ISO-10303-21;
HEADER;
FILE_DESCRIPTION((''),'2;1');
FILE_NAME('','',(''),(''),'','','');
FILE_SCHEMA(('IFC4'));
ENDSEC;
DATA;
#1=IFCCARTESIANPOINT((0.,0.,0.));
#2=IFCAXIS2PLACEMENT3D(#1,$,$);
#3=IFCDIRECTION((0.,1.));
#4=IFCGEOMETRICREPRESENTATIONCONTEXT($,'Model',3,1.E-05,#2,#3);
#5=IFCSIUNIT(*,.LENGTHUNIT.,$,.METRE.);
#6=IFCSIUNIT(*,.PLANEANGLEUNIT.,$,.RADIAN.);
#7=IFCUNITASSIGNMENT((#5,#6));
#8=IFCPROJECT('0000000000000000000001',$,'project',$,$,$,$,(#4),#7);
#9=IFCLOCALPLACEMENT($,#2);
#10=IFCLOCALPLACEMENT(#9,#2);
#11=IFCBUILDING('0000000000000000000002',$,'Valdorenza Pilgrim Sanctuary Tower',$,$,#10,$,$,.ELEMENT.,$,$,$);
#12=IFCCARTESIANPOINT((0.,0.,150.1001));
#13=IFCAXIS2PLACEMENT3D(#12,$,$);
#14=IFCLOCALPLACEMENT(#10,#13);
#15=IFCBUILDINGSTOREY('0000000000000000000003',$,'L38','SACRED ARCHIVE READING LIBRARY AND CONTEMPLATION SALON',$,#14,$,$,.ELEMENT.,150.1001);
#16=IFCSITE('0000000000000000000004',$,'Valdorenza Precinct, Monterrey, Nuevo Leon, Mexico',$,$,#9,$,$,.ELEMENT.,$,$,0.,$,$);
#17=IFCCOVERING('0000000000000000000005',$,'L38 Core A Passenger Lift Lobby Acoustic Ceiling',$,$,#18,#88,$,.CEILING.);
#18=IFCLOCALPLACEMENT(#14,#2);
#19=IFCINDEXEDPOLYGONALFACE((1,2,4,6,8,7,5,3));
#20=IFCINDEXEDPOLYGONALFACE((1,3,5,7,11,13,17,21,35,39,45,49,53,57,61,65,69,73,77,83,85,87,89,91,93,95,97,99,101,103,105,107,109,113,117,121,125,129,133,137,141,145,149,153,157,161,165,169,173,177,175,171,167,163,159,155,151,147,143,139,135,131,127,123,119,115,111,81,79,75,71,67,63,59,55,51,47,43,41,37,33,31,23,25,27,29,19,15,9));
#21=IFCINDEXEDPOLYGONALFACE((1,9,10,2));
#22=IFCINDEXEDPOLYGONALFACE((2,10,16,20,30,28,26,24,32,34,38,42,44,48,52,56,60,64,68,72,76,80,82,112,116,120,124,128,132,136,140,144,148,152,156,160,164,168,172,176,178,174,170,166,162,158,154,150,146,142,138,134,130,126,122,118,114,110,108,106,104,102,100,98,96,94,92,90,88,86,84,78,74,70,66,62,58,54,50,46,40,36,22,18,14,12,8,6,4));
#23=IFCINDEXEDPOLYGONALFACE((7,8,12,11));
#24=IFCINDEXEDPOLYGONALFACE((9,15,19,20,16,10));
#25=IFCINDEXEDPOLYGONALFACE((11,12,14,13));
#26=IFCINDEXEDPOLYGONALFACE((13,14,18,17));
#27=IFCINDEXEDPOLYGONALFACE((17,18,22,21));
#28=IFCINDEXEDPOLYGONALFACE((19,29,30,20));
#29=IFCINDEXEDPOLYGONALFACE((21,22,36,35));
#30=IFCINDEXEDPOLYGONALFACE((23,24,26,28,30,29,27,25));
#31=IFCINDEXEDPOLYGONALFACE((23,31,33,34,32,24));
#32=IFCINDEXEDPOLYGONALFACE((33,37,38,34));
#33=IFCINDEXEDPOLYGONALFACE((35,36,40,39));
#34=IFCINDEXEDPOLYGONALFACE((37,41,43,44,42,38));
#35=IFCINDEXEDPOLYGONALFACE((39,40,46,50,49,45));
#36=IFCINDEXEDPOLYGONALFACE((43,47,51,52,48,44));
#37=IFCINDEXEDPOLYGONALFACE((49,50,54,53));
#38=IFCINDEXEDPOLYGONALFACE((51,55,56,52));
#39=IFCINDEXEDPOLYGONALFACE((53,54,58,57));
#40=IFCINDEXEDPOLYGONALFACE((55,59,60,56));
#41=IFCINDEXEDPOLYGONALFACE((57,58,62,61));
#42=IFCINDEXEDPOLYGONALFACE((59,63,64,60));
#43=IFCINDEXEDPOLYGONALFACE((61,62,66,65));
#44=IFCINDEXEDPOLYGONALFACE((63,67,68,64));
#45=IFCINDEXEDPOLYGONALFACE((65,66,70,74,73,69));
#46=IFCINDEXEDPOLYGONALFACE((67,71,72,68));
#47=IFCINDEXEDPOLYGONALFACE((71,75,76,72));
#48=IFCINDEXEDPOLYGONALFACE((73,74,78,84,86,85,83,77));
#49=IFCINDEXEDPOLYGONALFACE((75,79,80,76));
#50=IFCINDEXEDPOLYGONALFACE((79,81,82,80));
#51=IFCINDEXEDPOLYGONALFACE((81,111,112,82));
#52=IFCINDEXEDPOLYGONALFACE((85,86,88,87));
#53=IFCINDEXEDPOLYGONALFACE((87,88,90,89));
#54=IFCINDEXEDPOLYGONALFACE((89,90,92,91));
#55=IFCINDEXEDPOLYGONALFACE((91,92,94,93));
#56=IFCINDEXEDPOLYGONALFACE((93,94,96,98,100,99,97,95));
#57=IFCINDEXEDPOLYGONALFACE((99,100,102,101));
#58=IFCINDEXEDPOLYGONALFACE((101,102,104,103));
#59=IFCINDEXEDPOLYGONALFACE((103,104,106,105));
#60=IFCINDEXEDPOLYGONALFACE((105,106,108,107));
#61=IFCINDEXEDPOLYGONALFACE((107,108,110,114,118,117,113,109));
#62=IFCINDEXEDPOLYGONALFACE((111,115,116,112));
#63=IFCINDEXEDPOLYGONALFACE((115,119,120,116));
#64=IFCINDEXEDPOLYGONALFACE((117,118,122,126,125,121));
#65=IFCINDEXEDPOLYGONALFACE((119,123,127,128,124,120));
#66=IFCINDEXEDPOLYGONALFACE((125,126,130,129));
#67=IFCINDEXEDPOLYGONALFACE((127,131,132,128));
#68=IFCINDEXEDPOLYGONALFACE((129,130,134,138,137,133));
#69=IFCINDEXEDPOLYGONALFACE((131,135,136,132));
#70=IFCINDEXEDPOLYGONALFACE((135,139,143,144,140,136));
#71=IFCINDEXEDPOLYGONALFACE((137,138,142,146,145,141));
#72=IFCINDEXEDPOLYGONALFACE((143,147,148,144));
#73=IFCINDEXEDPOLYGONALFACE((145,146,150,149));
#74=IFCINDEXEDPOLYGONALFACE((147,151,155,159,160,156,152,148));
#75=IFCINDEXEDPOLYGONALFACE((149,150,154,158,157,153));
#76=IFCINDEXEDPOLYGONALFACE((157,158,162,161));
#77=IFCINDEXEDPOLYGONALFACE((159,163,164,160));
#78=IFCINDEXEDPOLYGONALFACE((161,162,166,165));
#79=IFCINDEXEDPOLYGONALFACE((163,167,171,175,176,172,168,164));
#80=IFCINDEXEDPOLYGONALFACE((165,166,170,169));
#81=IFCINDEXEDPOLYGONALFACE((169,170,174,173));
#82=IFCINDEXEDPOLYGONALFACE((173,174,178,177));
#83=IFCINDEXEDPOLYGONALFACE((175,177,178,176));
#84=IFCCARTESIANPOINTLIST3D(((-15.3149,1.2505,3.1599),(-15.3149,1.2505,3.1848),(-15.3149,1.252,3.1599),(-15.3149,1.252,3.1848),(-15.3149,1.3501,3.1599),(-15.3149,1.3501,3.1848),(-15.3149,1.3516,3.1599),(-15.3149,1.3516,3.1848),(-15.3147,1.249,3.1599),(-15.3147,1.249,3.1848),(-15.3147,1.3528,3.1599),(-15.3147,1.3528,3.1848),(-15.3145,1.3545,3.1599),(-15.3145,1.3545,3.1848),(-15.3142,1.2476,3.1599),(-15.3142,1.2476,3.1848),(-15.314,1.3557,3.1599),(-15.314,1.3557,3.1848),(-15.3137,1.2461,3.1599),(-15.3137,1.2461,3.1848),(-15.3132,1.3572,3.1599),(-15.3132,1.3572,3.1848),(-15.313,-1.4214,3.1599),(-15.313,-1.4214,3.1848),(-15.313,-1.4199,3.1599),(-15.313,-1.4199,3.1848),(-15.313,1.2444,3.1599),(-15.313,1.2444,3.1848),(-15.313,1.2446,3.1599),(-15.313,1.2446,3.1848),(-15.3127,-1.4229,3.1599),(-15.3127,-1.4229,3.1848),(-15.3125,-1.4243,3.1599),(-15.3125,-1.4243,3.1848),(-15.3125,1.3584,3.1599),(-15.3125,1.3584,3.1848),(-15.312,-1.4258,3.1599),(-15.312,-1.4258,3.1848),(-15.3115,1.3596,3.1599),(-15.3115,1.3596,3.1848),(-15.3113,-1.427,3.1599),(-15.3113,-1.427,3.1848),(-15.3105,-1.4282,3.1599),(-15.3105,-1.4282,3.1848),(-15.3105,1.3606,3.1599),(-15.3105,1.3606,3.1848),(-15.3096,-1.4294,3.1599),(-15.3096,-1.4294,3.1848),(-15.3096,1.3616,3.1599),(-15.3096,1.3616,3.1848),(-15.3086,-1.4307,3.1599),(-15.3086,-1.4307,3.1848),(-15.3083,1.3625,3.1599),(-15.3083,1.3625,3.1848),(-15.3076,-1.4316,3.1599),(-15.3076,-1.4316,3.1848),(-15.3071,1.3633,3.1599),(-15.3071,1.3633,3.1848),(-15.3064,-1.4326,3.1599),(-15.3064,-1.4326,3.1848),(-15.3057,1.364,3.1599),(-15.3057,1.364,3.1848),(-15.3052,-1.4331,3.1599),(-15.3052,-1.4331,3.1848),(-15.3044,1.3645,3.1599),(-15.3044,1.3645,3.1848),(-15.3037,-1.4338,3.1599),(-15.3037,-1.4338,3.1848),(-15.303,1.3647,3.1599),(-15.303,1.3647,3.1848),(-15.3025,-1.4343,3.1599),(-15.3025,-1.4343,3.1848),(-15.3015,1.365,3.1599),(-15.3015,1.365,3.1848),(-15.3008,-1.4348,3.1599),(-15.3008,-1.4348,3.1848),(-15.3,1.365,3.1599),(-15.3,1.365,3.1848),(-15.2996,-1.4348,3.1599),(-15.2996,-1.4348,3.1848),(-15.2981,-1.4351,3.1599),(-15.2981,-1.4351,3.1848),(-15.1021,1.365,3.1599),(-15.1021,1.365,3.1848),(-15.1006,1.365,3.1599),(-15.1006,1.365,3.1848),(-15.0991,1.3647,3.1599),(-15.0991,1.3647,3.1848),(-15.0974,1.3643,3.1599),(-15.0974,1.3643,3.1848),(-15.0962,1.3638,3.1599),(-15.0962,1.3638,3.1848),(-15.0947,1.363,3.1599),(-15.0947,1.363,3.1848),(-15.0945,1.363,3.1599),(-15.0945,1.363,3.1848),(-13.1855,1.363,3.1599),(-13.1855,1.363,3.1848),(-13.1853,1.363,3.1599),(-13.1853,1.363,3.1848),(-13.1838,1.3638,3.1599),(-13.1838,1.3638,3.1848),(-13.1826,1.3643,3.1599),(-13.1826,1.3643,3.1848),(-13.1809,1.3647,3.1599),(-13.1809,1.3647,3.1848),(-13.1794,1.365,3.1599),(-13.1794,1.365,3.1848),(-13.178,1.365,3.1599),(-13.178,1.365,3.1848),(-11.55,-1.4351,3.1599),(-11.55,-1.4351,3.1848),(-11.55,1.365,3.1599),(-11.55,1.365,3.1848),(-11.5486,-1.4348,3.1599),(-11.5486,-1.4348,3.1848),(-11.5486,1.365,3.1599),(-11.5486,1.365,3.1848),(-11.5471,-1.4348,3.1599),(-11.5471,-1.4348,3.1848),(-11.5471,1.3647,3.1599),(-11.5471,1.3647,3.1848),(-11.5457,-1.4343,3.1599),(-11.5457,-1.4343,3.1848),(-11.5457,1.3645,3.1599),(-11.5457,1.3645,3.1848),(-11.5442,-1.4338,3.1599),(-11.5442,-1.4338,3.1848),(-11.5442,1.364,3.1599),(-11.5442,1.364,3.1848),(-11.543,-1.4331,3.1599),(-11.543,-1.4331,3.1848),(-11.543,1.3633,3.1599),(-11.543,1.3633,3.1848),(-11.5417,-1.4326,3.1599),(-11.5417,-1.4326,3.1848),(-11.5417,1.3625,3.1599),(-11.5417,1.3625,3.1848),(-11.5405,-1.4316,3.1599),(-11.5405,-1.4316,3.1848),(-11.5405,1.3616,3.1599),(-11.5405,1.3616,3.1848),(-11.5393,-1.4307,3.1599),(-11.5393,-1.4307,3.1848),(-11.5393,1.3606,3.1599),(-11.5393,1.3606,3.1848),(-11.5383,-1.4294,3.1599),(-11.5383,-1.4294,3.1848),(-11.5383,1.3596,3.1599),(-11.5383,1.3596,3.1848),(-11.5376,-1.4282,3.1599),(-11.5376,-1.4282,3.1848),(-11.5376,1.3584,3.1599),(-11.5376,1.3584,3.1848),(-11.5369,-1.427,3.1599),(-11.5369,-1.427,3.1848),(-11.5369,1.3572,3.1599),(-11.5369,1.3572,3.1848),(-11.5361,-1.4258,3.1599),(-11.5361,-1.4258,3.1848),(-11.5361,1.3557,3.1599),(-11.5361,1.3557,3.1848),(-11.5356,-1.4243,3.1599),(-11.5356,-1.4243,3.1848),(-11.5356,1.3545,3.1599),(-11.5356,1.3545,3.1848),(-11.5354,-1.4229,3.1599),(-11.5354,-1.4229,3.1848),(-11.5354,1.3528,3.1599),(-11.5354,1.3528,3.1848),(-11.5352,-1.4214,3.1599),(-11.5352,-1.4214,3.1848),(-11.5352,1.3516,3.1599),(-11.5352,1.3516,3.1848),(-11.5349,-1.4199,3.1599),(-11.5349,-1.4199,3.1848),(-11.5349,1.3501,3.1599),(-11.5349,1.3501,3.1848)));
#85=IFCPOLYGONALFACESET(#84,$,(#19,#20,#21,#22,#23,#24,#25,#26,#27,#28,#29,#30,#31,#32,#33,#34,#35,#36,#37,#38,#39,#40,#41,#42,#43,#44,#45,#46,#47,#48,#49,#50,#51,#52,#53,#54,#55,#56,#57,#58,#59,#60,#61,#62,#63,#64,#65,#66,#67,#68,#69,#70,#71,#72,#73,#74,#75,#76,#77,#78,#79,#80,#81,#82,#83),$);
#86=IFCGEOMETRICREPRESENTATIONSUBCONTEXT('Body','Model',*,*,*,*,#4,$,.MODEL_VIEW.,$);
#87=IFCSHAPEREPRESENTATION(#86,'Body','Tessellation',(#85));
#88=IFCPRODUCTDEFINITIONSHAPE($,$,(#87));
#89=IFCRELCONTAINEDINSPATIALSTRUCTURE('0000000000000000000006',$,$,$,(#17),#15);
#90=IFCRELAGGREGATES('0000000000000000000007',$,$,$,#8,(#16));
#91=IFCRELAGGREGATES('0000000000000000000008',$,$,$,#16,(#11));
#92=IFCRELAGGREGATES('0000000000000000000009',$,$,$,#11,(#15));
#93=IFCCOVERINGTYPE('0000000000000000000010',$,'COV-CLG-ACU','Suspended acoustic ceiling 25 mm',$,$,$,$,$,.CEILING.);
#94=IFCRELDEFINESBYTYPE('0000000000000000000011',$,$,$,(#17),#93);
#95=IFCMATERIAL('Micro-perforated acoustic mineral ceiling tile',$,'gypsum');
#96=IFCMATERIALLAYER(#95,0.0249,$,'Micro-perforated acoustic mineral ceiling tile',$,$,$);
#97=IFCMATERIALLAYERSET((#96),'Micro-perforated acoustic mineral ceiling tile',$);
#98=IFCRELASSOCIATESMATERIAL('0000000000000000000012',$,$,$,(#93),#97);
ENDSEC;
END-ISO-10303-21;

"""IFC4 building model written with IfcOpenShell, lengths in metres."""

from ifc_helpers import new_model, si_unit, direction, frame, origin, place, context, subcontext, project, spatial, polyline, outline, extrude, material, layer, layer_set, type_object, element, save


model = new_model("IFC4")

# Units and contexts
model_context = context("Model", 3, precision=1e-05, world=origin(), true_north=direction((0.0, 1.0)))
body_context = subcontext(model_context, "Body", "Model", "MODEL_VIEW")
ifc_project = project(units=[si_unit("LENGTHUNIT", "METRE"), si_unit("PLANEANGLEUNIT", "RADIAN")], contexts=[model_context])

# Site, building, storey
site_placement = place(None, origin())
site = spatial("IfcSite", under=ifc_project, at=site_placement, Name="Valdorenza Precinct, Monterrey, Nuevo Leon, Mexico", CompositionType="ELEMENT", RefElevation=0.0)
building_placement = place(site_placement, origin())
building = spatial("IfcBuilding", under=site, at=building_placement, Name="Valdorenza Pilgrim Sanctuary Tower", CompositionType="ELEMENT")
storey_placement = place(building_placement, frame((0.0, 0.0, 150.1001)))
storey = spatial("IfcBuildingStorey", under=building, at=storey_placement, Name="L38", Description="SACRED ARCHIVE READING LIBRARY AND CONTEMPLATION SALON", CompositionType="ELEMENT", Elevation=150.1001)

# Covering
ifc_material_1 = material(Name="Micro-perforated acoustic mineral ceiling tile", Category="gypsum")
ifc_layer_1 = layer(ifc_material_1, 0.0249, Name="Micro-perforated acoustic mineral ceiling tile")
ifc_layer_set_1 = layer_set([ifc_layer_1], Name="Micro-perforated acoustic mineral ceiling tile")
covering_type_1 = type_object("IfcCoveringType", Name="COV-CLG-ACU", Description="Suspended acoustic ceiling 25 mm", PredefinedType="CEILING", material=ifc_layer_set_1)
covering_1_placement = place(storey_placement, frame((0.0, 0.0, 3.1599)))
element("IfcCovering", 1, at=covering_1_placement, inside=storey, type_object=covering_type_1, Name="L38 Core A Passenger Lift Lobby Acoustic Ceiling", PredefinedType="CEILING", context=body_context, shape_type="SweptSolid", body=[
    extrude(outline(polyline([(-15.313, 1.2444), (-15.313, 1.2446), (-15.3137, 1.2461), (-15.3142, 1.2476), (-15.3147, 1.249), (-15.3149, 1.2505), (-15.3149, 1.252), (-15.3149, 1.3501), (-15.3149, 1.3516), (-15.3147, 1.3528), (-15.3145, 1.3545), (-15.314, 1.3557), (-15.3132, 1.3572), (-15.3125, 1.3584), (-15.3115, 1.3596), (-15.3105, 1.3606), (-15.3096, 1.3616), (-15.3083, 1.3625), (-15.3071, 1.3633), (-15.3057, 1.364), (-15.3044, 1.3645), (-15.303, 1.3647), (-15.3015, 1.365), (-15.3, 1.365), (-15.1021, 1.365), (-15.1006, 1.365), (-15.0991, 1.3647), (-15.0974, 1.3643), (-15.0962, 1.3638), (-15.0947, 1.363), (-15.0945, 1.363), (-13.1855, 1.363), (-13.1853, 1.363), (-13.1838, 1.3638), (-13.1826, 1.3643), (-13.1809, 1.3647), (-13.1794, 1.365), (-13.178, 1.365), (-11.55, 1.365), (-11.5486, 1.365), (-11.5471, 1.3647), (-11.5457, 1.3645), (-11.5442, 1.364), (-11.543, 1.3633), (-11.5417, 1.3625), (-11.5405, 1.3616), (-11.5393, 1.3606), (-11.5383, 1.3596), (-11.5376, 1.3584), (-11.5369, 1.3572), (-11.5361, 1.3557), (-11.5356, 1.3545), (-11.5354, 1.3528), (-11.5352, 1.3516), (-11.5349, 1.3501), (-11.5349, -1.4199), (-11.5352, -1.4214), (-11.5354, -1.4229), (-11.5356, -1.4243), (-11.5361, -1.4258), (-11.5369, -1.427), (-11.5376, -1.4282), (-11.5383, -1.4294), (-11.5393, -1.4307), (-11.5405, -1.4316), (-11.5417, -1.4326), (-11.543, -1.4331), (-11.5442, -1.4338), (-11.5457, -1.4343), (-11.5471, -1.4348), (-11.5486, -1.4348), (-11.55, -1.4351), (-15.2981, -1.4351), (-15.2996, -1.4348), (-15.3008, -1.4348), (-15.3025, -1.4343), (-15.3037, -1.4338), (-15.3052, -1.4331), (-15.3064, -1.4326), (-15.3076, -1.4316), (-15.3086, -1.4307), (-15.3096, -1.4294), (-15.3105, -1.4282), (-15.3113, -1.427), (-15.312, -1.4258), (-15.3125, -1.4243), (-15.3127, -1.4229), (-15.313, -1.4214), (-15.313, -1.4199), (-15.313, 1.2444)])), origin(), (0.0, 0.0, 1.0), 0.0249),
])

save(model, "model.ifc")
